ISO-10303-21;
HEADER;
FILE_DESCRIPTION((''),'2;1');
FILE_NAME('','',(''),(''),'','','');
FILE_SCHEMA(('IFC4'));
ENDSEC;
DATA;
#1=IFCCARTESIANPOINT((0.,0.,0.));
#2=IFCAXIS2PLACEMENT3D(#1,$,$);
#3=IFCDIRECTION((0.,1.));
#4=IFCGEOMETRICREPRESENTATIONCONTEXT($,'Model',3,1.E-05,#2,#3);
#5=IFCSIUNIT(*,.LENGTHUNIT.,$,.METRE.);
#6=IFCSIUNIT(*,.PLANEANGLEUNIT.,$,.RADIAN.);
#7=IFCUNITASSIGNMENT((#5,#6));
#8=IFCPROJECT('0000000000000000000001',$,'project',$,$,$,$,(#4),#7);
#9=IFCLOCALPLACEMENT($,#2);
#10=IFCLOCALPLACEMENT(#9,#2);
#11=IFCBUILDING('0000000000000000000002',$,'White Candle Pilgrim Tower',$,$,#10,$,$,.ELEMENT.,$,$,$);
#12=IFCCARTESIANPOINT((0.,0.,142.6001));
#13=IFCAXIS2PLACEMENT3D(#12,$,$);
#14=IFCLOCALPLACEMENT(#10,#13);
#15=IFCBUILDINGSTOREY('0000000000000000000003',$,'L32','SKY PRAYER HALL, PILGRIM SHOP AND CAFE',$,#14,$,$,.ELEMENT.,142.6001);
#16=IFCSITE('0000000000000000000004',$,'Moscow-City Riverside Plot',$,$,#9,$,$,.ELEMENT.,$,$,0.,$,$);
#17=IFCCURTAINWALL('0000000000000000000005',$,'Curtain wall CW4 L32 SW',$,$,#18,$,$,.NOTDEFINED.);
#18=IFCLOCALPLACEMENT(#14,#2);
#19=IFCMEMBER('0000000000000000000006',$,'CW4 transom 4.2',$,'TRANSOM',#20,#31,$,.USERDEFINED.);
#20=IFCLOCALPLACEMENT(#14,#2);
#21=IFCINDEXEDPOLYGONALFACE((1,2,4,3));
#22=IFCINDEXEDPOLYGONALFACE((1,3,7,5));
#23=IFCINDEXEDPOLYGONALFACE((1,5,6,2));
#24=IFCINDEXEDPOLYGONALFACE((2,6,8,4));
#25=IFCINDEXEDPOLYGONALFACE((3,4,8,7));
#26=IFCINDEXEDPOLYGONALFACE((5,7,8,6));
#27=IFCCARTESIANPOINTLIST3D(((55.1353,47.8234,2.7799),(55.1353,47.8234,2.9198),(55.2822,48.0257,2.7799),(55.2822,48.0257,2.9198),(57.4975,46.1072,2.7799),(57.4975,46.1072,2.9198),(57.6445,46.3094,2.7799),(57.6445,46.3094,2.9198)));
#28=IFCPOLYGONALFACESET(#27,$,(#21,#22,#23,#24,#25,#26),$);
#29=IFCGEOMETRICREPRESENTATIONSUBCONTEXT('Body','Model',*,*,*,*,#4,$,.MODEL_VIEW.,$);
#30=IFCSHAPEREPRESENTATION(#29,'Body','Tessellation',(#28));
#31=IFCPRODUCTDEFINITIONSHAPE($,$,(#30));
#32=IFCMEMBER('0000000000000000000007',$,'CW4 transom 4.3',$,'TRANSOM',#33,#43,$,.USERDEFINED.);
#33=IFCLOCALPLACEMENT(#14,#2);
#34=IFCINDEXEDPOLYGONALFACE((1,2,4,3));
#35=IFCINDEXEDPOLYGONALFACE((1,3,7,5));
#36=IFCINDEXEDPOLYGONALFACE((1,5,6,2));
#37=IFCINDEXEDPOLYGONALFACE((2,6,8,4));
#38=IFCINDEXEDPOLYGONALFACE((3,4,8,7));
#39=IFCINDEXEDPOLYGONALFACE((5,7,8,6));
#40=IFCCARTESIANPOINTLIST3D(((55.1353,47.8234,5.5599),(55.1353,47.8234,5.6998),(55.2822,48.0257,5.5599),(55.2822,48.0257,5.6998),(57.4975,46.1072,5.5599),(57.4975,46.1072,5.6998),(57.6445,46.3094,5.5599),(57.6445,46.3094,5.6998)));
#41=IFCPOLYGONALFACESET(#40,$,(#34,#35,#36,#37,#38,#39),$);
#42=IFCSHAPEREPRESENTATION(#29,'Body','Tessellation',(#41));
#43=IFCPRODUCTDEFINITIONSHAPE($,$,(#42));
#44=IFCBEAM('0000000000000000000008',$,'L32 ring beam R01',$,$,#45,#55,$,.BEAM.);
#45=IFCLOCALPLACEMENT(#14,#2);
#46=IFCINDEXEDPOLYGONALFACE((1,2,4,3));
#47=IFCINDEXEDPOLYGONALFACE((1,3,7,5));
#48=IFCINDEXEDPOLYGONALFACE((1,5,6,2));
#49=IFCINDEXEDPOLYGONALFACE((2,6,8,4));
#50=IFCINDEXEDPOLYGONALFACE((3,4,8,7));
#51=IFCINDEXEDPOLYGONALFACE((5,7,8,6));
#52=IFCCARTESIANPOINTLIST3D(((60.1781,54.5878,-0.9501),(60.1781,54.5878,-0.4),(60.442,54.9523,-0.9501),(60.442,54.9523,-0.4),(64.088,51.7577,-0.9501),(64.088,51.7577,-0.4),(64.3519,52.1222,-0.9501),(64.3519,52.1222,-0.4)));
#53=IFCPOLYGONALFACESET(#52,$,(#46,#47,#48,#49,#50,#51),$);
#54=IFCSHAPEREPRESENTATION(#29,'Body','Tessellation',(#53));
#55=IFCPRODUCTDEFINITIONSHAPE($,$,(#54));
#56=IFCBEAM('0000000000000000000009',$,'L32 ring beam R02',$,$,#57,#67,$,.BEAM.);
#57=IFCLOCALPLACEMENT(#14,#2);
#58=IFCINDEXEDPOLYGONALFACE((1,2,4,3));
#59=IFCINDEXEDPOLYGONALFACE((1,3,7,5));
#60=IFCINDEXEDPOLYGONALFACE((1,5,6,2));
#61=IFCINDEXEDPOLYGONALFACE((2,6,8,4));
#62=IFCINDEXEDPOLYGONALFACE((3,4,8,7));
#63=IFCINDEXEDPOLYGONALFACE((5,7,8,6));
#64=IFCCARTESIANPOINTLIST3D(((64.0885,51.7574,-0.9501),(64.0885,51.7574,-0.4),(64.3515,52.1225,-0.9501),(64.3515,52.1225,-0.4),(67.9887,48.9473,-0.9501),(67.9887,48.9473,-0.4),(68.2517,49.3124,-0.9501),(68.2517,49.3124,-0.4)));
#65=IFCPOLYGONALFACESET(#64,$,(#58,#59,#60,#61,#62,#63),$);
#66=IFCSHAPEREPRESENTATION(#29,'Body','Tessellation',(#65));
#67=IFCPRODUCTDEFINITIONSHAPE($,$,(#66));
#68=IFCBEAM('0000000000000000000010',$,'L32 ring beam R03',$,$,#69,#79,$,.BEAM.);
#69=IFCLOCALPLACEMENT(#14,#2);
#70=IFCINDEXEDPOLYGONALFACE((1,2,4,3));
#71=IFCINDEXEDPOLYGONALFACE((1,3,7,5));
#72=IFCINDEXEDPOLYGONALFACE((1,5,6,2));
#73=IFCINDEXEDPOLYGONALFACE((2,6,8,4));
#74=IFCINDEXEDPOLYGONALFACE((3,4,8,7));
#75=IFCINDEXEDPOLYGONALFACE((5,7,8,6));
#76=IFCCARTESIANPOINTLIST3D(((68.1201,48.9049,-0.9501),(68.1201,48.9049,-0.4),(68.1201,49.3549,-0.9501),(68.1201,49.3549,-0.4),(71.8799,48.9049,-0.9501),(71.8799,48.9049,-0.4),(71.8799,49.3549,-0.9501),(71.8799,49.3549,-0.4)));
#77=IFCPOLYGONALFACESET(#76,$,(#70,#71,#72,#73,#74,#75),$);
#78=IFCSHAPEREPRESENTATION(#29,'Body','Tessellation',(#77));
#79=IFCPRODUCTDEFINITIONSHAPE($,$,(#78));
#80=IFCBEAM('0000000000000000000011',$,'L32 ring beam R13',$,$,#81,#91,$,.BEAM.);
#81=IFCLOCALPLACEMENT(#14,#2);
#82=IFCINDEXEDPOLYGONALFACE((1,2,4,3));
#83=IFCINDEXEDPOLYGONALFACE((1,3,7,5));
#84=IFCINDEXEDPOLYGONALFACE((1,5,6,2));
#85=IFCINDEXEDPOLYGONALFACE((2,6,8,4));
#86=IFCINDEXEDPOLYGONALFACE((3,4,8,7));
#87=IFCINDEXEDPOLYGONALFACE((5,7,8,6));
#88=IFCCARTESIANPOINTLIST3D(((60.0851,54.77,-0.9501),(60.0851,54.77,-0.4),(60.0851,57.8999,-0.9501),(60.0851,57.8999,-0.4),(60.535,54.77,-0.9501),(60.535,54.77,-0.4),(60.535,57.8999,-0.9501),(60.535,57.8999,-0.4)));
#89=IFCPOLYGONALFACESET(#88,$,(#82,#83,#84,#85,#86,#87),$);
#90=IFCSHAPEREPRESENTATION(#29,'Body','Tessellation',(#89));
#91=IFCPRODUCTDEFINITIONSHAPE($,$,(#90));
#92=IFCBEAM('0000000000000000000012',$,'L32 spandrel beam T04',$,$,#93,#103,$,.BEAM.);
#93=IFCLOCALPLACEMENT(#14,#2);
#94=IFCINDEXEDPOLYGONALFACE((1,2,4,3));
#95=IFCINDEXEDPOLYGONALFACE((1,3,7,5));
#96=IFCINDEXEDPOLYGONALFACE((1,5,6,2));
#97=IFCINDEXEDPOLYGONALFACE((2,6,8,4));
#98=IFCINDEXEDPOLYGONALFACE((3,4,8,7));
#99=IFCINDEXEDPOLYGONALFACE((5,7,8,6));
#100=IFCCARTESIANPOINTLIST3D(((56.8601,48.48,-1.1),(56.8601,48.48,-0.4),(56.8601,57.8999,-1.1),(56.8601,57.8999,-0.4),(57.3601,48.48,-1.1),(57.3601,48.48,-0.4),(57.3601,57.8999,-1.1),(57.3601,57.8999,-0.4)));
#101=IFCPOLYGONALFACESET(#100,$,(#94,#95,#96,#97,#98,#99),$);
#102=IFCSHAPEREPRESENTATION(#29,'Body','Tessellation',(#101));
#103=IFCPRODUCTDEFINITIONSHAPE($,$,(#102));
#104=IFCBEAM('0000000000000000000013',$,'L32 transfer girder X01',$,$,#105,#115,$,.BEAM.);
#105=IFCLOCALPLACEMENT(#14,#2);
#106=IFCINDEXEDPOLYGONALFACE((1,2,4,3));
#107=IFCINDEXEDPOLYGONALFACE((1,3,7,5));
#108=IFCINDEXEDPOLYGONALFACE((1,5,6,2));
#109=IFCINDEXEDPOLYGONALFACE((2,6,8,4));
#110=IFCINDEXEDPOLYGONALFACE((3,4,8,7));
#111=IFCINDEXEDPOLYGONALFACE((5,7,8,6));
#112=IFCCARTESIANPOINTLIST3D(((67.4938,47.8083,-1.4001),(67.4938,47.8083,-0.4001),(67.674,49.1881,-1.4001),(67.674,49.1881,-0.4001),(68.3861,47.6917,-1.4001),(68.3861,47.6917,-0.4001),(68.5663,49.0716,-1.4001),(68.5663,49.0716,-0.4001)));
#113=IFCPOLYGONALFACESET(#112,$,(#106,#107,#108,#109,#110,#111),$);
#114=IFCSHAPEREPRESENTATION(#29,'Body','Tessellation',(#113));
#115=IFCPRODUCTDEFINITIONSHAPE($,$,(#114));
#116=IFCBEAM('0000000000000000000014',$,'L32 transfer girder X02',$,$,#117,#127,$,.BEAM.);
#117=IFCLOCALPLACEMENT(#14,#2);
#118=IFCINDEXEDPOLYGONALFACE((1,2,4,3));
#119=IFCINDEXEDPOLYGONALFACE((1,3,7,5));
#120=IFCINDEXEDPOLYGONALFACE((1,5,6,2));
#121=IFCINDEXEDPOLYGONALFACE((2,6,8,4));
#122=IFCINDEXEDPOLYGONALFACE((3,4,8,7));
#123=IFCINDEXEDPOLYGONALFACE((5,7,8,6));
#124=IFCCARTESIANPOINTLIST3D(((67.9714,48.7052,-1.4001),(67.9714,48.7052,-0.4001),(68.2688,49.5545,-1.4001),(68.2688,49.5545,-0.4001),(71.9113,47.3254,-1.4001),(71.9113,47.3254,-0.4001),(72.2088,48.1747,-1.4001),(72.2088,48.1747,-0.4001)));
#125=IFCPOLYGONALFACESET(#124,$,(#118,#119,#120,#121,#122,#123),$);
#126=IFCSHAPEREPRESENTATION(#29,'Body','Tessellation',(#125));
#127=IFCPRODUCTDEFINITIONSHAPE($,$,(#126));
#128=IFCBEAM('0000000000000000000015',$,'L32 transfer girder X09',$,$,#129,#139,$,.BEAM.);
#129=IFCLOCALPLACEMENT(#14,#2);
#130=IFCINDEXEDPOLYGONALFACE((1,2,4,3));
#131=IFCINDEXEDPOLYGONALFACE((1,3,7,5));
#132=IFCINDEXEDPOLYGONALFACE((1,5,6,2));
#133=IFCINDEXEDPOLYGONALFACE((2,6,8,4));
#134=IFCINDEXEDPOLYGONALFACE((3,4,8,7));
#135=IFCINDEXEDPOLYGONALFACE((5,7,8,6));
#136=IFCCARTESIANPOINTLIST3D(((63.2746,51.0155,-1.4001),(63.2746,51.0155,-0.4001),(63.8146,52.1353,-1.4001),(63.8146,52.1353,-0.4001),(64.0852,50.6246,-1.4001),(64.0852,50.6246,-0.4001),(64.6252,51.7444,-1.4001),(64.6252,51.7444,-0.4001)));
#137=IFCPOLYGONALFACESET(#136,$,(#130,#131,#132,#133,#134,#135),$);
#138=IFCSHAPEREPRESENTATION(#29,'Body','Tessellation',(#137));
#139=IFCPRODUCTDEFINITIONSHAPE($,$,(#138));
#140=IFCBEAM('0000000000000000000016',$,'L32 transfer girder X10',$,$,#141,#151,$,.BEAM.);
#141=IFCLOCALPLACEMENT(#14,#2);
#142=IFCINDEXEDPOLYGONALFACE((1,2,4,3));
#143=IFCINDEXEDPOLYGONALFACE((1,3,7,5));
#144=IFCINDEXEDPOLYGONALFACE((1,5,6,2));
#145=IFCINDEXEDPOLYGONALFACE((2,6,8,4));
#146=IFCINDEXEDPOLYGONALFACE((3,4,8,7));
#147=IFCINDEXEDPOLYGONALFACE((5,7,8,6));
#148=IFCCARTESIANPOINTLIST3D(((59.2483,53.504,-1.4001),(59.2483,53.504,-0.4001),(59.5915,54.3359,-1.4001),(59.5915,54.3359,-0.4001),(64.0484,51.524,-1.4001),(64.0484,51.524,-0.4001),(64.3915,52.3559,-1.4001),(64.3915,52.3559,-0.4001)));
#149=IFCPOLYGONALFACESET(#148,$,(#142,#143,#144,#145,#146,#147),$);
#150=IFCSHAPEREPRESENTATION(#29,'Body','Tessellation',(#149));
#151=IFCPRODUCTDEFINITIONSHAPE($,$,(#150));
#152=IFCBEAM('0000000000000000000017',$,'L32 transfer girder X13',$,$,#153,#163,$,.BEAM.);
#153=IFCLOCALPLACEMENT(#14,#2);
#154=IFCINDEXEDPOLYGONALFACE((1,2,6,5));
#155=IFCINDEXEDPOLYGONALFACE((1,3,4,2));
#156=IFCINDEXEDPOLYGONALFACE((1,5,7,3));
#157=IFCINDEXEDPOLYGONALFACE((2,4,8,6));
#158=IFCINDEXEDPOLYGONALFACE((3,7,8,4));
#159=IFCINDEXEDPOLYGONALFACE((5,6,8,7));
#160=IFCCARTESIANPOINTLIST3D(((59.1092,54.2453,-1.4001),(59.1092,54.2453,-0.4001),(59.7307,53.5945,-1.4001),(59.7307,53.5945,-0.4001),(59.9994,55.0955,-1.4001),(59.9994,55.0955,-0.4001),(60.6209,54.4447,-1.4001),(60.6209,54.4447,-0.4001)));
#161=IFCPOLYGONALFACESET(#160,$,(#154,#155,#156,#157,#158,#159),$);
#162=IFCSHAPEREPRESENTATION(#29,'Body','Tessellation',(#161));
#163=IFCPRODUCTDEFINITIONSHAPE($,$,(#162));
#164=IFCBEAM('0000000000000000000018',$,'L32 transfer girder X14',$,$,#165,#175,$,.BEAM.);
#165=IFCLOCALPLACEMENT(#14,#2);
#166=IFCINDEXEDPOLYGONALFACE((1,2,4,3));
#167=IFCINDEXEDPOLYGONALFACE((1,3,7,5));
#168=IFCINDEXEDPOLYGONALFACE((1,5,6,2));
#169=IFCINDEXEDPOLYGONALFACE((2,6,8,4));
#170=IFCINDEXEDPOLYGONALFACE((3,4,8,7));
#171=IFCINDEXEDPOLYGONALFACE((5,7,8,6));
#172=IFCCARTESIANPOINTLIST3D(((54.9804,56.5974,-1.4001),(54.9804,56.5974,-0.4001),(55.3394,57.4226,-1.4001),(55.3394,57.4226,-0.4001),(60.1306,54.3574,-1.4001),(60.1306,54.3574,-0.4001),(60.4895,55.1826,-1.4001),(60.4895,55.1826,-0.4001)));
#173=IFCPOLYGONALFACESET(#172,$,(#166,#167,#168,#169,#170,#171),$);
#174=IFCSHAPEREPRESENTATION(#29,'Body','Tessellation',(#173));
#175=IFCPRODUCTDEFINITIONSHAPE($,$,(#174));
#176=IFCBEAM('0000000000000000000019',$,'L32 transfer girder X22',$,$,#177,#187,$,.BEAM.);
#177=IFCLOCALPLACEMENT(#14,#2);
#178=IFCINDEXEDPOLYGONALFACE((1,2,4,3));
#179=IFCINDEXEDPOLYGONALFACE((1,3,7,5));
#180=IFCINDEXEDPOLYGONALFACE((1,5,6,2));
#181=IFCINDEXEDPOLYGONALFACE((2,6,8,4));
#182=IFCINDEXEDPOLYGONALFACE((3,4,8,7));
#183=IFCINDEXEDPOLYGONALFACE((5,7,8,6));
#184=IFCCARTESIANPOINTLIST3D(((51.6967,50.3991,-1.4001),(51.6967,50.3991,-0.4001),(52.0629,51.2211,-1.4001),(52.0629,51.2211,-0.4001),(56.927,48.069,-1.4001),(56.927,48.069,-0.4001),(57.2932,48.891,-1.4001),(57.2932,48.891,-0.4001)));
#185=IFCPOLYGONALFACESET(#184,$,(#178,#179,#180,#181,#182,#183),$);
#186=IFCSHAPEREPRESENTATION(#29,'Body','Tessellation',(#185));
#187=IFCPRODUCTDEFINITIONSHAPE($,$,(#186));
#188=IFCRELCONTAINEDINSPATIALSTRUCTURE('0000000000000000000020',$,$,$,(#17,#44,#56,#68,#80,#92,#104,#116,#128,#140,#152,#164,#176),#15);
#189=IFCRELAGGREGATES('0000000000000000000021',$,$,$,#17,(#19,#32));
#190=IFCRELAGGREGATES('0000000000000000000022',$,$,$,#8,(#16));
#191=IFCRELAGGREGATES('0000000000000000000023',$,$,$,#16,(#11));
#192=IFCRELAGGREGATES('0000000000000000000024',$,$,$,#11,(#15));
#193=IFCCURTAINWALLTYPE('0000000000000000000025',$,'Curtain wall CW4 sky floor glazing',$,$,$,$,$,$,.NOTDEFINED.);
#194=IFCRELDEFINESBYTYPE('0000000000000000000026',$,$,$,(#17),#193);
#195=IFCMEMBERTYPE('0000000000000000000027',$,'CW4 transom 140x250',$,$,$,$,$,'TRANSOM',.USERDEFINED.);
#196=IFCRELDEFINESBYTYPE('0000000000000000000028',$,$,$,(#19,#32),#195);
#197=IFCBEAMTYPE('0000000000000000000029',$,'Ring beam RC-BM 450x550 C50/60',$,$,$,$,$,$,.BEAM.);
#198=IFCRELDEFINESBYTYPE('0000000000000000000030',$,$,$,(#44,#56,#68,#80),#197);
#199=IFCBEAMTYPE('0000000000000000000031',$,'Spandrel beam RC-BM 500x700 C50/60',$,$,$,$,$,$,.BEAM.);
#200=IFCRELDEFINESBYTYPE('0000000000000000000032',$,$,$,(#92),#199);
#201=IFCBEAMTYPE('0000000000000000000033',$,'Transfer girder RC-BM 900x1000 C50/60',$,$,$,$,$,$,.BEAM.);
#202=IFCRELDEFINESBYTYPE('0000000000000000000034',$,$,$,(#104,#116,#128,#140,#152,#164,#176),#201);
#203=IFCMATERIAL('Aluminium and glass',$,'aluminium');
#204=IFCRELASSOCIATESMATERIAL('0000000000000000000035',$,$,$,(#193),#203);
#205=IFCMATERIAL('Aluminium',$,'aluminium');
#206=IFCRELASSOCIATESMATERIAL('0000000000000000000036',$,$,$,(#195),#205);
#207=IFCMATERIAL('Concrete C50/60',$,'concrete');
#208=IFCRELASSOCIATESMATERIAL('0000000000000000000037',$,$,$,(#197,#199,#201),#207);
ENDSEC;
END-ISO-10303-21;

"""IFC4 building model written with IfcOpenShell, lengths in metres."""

from ifc_helpers import new_model, si_unit, direction, frame, origin, origin_2d, place, context, subcontext, project, spatial, rectangle, extrude, material, material_profile, profile_set, type_object, element, aggregate, save


model = new_model("IFC4")

# Units and contexts
model_context = context("Model", 3, precision=1e-05, world=origin(), true_north=direction((0.0, 1.0)))
body_context = subcontext(model_context, "Body", "Model", "MODEL_VIEW")
ifc_project = project(units=[si_unit("LENGTHUNIT", "METRE"), si_unit("PLANEANGLEUNIT", "RADIAN")], contexts=[model_context])

# Site, building, storey
site_placement = place(None, origin())
site = spatial("IfcSite", under=ifc_project, at=site_placement, Name="Moscow-City Riverside Plot", CompositionType="ELEMENT", RefElevation=0.0)
building_placement = place(site_placement, origin())
building = spatial("IfcBuilding", under=site, at=building_placement, Name="White Candle Pilgrim Tower", CompositionType="ELEMENT")
storey_placement = place(building_placement, frame((0.0, 0.0, 142.6001)))
storey = spatial("IfcBuildingStorey", under=building, at=storey_placement, Name="L32", Description="SKY PRAYER HALL, PILGRIM SHOP AND CAFE", CompositionType="ELEMENT", Elevation=142.6001)

# Curtain wall, members
ifc_material_1 = material(Name="Aluminium and glass", Category="aluminium")
curtain_wall_type = type_object("IfcCurtainWallType", Name="Curtain wall CW4 sky floor glazing", PredefinedType="NOTDEFINED", material=ifc_material_1)
curtain_wall_placement = place(storey_placement, origin())
curtain_wall = element("IfcCurtainWall", 1, at=curtain_wall_placement, inside=storey, type_object=curtain_wall_type, Name="Curtain wall CW4 L32 SW", PredefinedType="NOTDEFINED")
ifc_material_2 = material(Name="Aluminium", Category="aluminium")
ifc_material_profile_1 = material_profile(ifc_material_2, rectangle(XDim=0.25, YDim=0.1399, at=origin_2d()), Name="CW4 transom 140x250")
ifc_profile_set_1 = profile_set([ifc_material_profile_1], Name="Aluminium")
member_type_1 = type_object("IfcMemberType", Name="CW4 transom 140x250", ElementType="TRANSOM", PredefinedType="USERDEFINED", material=ifc_profile_set_1)
member_1_placement = place(storey_placement, frame((55.2087, 47.9246, 2.8499), z_axis=(0.809018, -0.587784, 0.0), x_axis=(0.587784, 0.809018, 0.0)))
member_1 = element("IfcMember", 2, at=member_1_placement, type_object=member_type_1, Name="CW4 transom 4.2", ObjectType="TRANSOM", PredefinedType="USERDEFINED", context=body_context, shape_type="SweptSolid", body=[
    extrude(rectangle(XDim=0.25, YDim=0.1399, at=origin_2d()), origin(), (0.0, 0.0, 1.0), 2.9199),
])
member_2_placement = place(storey_placement, frame((55.2087, 47.9246, 5.6299), z_axis=(0.809018, -0.587784, 0.0), x_axis=(0.587784, 0.809018, 0.0)))
member_2 = element("IfcMember", 3, at=member_2_placement, type_object=member_type_1, Name="CW4 transom 4.3", ObjectType="TRANSOM", PredefinedType="USERDEFINED", context=body_context, shape_type="SweptSolid", body=[
    extrude(rectangle(XDim=0.25, YDim=0.1399, at=origin_2d()), origin(), (0.0, 0.0, 1.0), 2.9199),
])

# Beams
ifc_material_3 = material(Name="Concrete C50/60", Category="concrete")
ifc_material_profile_2 = material_profile(ifc_material_3, rectangle(XDim=0.45, YDim=0.55, at=origin_2d()), Name="RC-BM 450x550")
ifc_profile_set_2 = profile_set([ifc_material_profile_2], Name="Concrete C50/60")
beam_type_1 = type_object("IfcBeamType", Name="Ring beam RC-BM 450x550 C50/60", PredefinedType="BEAM", material=ifc_profile_set_2)
beam_1_placement = place(storey_placement, frame((60.3101, 54.77, -0.675), z_axis=(0.810064, -0.586342, 0.0), x_axis=(0.586342, 0.810064, 0.0)))
element("IfcBeam", 4, at=beam_1_placement, inside=storey, type_object=beam_type_1, Name="L32 ring beam R01", PredefinedType="BEAM", context=body_context, shape_type="SweptSolid", body=[
    extrude(rectangle(XDim=0.45, YDim=0.55, at=origin_2d()), origin(), (0.0, 0.0, 1.0), 4.8267),
])
beam_2_placement = place(storey_placement, frame((64.22, 51.9399, -0.675), z_axis=(0.811342, -0.584572, 0.0), x_axis=(0.584572, 0.811342, 0.0)))
element("IfcBeam", 5, at=beam_2_placement, inside=storey, type_object=beam_type_1, Name="L32 ring beam R02", PredefinedType="BEAM", context=body_context, shape_type="SweptSolid", body=[
    extrude(rectangle(XDim=0.45, YDim=0.55, at=origin_2d()), origin(), (0.0, 0.0, 1.0), 4.8071),
])
beam_3_placement = place(storey_placement, frame((68.1201, 49.1299, -0.675), z_axis=(1.0, 0.0, 0.0), x_axis=(0.0, 1.0, 0.0)))
element("IfcBeam", 6, at=beam_3_placement, inside=storey, type_object=beam_type_1, Name="L32 ring beam R03", PredefinedType="BEAM", context=body_context, shape_type="SweptSolid", body=[
    extrude(rectangle(XDim=0.45, YDim=0.55, at=origin_2d()), origin(), (0.0, 0.0, 1.0), 3.7598),
])
beam_4_placement = place(storey_placement, frame((60.3101, 54.77, -0.675), z_axis=(0.0, 1.0, 0.0), x_axis=(-1.0, 0.0, 0.0)))
element("IfcBeam", 7, at=beam_4_placement, inside=storey, type_object=beam_type_1, Name="L32 ring beam R13", PredefinedType="BEAM", context=body_context, shape_type="SweptSolid", body=[
    extrude(rectangle(XDim=0.45, YDim=0.55, at=origin_2d()), origin(), (0.0, 0.0, 1.0), 3.1299),
])
ifc_material_profile_3 = material_profile(ifc_material_3, rectangle(XDim=0.5, YDim=0.7, at=origin_2d()), Name="RC-BM 500x700")
ifc_profile_set_3 = profile_set([ifc_material_profile_3], Name="Concrete C50/60")
beam_type_2 = type_object("IfcBeamType", Name="Spandrel beam RC-BM 500x700 C50/60", PredefinedType="BEAM", material=ifc_profile_set_3)
beam_5_placement = place(storey_placement, frame((57.1101, 48.48, -0.75), z_axis=(0.0, 1.0, 0.0), x_axis=(-1.0, 0.0, 0.0)))
element("IfcBeam", 8, at=beam_5_placement, inside=storey, type_object=beam_type_2, Name="L32 spandrel beam T04", PredefinedType="BEAM", context=body_context, shape_type="SweptSolid", body=[
    extrude(rectangle(XDim=0.5, YDim=0.7, at=origin_2d()), origin(), (0.0, 0.0, 1.0), 9.4199),
])
ifc_material_profile_4 = material_profile(ifc_material_3, rectangle(XDim=0.8999, YDim=1.0, at=origin_2d()), Name="RC-BM 900x1000")
ifc_profile_set_4 = profile_set([ifc_material_profile_4], Name="Concrete C50/60")
beam_type_3 = type_object("IfcBeamType", Name="Transfer girder RC-BM 900x1000 C50/60", PredefinedType="BEAM", material=ifc_profile_set_4)
beam_6_placement = place(storey_placement, frame((67.9399, 47.75, -0.9001), z_axis=(0.129474, 0.991583, 0.0), x_axis=(-0.991583, 0.129474, 0.0)))
element("IfcBeam", 9, at=beam_6_placement, inside=storey, type_object=beam_type_3, Name="L32 transfer girder X01", PredefinedType="BEAM", context=body_context, shape_type="SweptSolid", body=[
    extrude(rectangle(XDim=0.8999, YDim=1.0, at=origin_2d()), origin(), (0.0, 0.0, 1.0), 1.3916),
])
beam_7_placement = place(storey_placement, frame((68.1201, 49.1299, -0.9001), z_axis=(0.943791, -0.330543, 0.0), x_axis=(0.330543, 0.943791, 0.0)))
element("IfcBeam", 10, at=beam_7_placement, inside=storey, type_object=beam_type_3, Name="L32 transfer girder X02", PredefinedType="BEAM", context=body_context, shape_type="SweptSolid", body=[
    extrude(rectangle(XDim=0.8999, YDim=1.0, at=origin_2d()), origin(), (0.0, 0.0, 1.0), 4.1746),
])
beam_8_placement = place(storey_placement, frame((63.6799, 50.8201, -0.9001), z_axis=(0.434365, 0.900737, 0.0), x_axis=(-0.900737, 0.434365, 0.0)))
element("IfcBeam", 11, at=beam_8_placement, inside=storey, type_object=beam_type_3, Name="L32 transfer girder X09", PredefinedType="BEAM", context=body_context, shape_type="SweptSolid", body=[
    extrude(rectangle(XDim=0.8999, YDim=1.0, at=origin_2d()), origin(), (0.0, 0.0, 1.0), 1.2432),
])
beam_9_placement = place(storey_placement, frame((64.22, 51.9399, -0.9001), z_axis=(-0.924441, 0.381324, 0.0), x_axis=(-0.381324, -0.924441, 0.0)))
element("IfcBeam", 12, at=beam_9_placement, inside=storey, type_object=beam_type_3, Name="L32 transfer girder X10", PredefinedType="BEAM", context=body_context, shape_type="SweptSolid", body=[
    extrude(rectangle(XDim=0.8999, YDim=1.0, at=origin_2d()), origin(), (0.0, 0.0, 1.0), 5.1924),
])
beam_10_placement = place(storey_placement, frame((59.4199, 53.9199, -0.9001), z_axis=(0.723184, 0.690655, 0.0), x_axis=(-0.690655, 0.723184, 0.0)))
element("IfcBeam", 13, at=beam_10_placement, inside=storey, type_object=beam_type_3, Name="L32 transfer girder X13", PredefinedType="BEAM", context=body_context, shape_type="SweptSolid", body=[
    extrude(rectangle(XDim=0.8999, YDim=1.0, at=origin_2d()), origin(), (0.0, 0.0, 1.0), 1.231),
])
beam_11_placement = place(storey_placement, frame((60.3101, 54.77, -0.9001), z_axis=(-0.917018, 0.398845, 0.0), x_axis=(-0.398845, -0.917018, 0.0)))
element("IfcBeam", 14, at=beam_11_placement, inside=storey, type_object=beam_type_3, Name="L32 transfer girder X14", PredefinedType="BEAM", context=body_context, shape_type="SweptSolid", body=[
    extrude(rectangle(XDim=0.8999, YDim=1.0, at=origin_2d()), origin(), (0.0, 0.0, 1.0), 5.6162),
])
beam_12_placement = place(storey_placement, frame((57.1101, 48.48, -0.9001), z_axis=(-0.913452, 0.406945, 0.0), x_axis=(-0.406945, -0.913452, 0.0)))
element("IfcBeam", 15, at=beam_12_placement, inside=storey, type_object=beam_type_3, Name="L32 transfer girder X22", PredefinedType="BEAM", context=body_context, shape_type="SweptSolid", body=[
    extrude(rectangle(XDim=0.8999, YDim=1.0, at=origin_2d()), origin(), (0.0, 0.0, 1.0), 5.7258),
])

aggregate(curtain_wall, [member_1, member_2])

save(model, "model.ifc")
